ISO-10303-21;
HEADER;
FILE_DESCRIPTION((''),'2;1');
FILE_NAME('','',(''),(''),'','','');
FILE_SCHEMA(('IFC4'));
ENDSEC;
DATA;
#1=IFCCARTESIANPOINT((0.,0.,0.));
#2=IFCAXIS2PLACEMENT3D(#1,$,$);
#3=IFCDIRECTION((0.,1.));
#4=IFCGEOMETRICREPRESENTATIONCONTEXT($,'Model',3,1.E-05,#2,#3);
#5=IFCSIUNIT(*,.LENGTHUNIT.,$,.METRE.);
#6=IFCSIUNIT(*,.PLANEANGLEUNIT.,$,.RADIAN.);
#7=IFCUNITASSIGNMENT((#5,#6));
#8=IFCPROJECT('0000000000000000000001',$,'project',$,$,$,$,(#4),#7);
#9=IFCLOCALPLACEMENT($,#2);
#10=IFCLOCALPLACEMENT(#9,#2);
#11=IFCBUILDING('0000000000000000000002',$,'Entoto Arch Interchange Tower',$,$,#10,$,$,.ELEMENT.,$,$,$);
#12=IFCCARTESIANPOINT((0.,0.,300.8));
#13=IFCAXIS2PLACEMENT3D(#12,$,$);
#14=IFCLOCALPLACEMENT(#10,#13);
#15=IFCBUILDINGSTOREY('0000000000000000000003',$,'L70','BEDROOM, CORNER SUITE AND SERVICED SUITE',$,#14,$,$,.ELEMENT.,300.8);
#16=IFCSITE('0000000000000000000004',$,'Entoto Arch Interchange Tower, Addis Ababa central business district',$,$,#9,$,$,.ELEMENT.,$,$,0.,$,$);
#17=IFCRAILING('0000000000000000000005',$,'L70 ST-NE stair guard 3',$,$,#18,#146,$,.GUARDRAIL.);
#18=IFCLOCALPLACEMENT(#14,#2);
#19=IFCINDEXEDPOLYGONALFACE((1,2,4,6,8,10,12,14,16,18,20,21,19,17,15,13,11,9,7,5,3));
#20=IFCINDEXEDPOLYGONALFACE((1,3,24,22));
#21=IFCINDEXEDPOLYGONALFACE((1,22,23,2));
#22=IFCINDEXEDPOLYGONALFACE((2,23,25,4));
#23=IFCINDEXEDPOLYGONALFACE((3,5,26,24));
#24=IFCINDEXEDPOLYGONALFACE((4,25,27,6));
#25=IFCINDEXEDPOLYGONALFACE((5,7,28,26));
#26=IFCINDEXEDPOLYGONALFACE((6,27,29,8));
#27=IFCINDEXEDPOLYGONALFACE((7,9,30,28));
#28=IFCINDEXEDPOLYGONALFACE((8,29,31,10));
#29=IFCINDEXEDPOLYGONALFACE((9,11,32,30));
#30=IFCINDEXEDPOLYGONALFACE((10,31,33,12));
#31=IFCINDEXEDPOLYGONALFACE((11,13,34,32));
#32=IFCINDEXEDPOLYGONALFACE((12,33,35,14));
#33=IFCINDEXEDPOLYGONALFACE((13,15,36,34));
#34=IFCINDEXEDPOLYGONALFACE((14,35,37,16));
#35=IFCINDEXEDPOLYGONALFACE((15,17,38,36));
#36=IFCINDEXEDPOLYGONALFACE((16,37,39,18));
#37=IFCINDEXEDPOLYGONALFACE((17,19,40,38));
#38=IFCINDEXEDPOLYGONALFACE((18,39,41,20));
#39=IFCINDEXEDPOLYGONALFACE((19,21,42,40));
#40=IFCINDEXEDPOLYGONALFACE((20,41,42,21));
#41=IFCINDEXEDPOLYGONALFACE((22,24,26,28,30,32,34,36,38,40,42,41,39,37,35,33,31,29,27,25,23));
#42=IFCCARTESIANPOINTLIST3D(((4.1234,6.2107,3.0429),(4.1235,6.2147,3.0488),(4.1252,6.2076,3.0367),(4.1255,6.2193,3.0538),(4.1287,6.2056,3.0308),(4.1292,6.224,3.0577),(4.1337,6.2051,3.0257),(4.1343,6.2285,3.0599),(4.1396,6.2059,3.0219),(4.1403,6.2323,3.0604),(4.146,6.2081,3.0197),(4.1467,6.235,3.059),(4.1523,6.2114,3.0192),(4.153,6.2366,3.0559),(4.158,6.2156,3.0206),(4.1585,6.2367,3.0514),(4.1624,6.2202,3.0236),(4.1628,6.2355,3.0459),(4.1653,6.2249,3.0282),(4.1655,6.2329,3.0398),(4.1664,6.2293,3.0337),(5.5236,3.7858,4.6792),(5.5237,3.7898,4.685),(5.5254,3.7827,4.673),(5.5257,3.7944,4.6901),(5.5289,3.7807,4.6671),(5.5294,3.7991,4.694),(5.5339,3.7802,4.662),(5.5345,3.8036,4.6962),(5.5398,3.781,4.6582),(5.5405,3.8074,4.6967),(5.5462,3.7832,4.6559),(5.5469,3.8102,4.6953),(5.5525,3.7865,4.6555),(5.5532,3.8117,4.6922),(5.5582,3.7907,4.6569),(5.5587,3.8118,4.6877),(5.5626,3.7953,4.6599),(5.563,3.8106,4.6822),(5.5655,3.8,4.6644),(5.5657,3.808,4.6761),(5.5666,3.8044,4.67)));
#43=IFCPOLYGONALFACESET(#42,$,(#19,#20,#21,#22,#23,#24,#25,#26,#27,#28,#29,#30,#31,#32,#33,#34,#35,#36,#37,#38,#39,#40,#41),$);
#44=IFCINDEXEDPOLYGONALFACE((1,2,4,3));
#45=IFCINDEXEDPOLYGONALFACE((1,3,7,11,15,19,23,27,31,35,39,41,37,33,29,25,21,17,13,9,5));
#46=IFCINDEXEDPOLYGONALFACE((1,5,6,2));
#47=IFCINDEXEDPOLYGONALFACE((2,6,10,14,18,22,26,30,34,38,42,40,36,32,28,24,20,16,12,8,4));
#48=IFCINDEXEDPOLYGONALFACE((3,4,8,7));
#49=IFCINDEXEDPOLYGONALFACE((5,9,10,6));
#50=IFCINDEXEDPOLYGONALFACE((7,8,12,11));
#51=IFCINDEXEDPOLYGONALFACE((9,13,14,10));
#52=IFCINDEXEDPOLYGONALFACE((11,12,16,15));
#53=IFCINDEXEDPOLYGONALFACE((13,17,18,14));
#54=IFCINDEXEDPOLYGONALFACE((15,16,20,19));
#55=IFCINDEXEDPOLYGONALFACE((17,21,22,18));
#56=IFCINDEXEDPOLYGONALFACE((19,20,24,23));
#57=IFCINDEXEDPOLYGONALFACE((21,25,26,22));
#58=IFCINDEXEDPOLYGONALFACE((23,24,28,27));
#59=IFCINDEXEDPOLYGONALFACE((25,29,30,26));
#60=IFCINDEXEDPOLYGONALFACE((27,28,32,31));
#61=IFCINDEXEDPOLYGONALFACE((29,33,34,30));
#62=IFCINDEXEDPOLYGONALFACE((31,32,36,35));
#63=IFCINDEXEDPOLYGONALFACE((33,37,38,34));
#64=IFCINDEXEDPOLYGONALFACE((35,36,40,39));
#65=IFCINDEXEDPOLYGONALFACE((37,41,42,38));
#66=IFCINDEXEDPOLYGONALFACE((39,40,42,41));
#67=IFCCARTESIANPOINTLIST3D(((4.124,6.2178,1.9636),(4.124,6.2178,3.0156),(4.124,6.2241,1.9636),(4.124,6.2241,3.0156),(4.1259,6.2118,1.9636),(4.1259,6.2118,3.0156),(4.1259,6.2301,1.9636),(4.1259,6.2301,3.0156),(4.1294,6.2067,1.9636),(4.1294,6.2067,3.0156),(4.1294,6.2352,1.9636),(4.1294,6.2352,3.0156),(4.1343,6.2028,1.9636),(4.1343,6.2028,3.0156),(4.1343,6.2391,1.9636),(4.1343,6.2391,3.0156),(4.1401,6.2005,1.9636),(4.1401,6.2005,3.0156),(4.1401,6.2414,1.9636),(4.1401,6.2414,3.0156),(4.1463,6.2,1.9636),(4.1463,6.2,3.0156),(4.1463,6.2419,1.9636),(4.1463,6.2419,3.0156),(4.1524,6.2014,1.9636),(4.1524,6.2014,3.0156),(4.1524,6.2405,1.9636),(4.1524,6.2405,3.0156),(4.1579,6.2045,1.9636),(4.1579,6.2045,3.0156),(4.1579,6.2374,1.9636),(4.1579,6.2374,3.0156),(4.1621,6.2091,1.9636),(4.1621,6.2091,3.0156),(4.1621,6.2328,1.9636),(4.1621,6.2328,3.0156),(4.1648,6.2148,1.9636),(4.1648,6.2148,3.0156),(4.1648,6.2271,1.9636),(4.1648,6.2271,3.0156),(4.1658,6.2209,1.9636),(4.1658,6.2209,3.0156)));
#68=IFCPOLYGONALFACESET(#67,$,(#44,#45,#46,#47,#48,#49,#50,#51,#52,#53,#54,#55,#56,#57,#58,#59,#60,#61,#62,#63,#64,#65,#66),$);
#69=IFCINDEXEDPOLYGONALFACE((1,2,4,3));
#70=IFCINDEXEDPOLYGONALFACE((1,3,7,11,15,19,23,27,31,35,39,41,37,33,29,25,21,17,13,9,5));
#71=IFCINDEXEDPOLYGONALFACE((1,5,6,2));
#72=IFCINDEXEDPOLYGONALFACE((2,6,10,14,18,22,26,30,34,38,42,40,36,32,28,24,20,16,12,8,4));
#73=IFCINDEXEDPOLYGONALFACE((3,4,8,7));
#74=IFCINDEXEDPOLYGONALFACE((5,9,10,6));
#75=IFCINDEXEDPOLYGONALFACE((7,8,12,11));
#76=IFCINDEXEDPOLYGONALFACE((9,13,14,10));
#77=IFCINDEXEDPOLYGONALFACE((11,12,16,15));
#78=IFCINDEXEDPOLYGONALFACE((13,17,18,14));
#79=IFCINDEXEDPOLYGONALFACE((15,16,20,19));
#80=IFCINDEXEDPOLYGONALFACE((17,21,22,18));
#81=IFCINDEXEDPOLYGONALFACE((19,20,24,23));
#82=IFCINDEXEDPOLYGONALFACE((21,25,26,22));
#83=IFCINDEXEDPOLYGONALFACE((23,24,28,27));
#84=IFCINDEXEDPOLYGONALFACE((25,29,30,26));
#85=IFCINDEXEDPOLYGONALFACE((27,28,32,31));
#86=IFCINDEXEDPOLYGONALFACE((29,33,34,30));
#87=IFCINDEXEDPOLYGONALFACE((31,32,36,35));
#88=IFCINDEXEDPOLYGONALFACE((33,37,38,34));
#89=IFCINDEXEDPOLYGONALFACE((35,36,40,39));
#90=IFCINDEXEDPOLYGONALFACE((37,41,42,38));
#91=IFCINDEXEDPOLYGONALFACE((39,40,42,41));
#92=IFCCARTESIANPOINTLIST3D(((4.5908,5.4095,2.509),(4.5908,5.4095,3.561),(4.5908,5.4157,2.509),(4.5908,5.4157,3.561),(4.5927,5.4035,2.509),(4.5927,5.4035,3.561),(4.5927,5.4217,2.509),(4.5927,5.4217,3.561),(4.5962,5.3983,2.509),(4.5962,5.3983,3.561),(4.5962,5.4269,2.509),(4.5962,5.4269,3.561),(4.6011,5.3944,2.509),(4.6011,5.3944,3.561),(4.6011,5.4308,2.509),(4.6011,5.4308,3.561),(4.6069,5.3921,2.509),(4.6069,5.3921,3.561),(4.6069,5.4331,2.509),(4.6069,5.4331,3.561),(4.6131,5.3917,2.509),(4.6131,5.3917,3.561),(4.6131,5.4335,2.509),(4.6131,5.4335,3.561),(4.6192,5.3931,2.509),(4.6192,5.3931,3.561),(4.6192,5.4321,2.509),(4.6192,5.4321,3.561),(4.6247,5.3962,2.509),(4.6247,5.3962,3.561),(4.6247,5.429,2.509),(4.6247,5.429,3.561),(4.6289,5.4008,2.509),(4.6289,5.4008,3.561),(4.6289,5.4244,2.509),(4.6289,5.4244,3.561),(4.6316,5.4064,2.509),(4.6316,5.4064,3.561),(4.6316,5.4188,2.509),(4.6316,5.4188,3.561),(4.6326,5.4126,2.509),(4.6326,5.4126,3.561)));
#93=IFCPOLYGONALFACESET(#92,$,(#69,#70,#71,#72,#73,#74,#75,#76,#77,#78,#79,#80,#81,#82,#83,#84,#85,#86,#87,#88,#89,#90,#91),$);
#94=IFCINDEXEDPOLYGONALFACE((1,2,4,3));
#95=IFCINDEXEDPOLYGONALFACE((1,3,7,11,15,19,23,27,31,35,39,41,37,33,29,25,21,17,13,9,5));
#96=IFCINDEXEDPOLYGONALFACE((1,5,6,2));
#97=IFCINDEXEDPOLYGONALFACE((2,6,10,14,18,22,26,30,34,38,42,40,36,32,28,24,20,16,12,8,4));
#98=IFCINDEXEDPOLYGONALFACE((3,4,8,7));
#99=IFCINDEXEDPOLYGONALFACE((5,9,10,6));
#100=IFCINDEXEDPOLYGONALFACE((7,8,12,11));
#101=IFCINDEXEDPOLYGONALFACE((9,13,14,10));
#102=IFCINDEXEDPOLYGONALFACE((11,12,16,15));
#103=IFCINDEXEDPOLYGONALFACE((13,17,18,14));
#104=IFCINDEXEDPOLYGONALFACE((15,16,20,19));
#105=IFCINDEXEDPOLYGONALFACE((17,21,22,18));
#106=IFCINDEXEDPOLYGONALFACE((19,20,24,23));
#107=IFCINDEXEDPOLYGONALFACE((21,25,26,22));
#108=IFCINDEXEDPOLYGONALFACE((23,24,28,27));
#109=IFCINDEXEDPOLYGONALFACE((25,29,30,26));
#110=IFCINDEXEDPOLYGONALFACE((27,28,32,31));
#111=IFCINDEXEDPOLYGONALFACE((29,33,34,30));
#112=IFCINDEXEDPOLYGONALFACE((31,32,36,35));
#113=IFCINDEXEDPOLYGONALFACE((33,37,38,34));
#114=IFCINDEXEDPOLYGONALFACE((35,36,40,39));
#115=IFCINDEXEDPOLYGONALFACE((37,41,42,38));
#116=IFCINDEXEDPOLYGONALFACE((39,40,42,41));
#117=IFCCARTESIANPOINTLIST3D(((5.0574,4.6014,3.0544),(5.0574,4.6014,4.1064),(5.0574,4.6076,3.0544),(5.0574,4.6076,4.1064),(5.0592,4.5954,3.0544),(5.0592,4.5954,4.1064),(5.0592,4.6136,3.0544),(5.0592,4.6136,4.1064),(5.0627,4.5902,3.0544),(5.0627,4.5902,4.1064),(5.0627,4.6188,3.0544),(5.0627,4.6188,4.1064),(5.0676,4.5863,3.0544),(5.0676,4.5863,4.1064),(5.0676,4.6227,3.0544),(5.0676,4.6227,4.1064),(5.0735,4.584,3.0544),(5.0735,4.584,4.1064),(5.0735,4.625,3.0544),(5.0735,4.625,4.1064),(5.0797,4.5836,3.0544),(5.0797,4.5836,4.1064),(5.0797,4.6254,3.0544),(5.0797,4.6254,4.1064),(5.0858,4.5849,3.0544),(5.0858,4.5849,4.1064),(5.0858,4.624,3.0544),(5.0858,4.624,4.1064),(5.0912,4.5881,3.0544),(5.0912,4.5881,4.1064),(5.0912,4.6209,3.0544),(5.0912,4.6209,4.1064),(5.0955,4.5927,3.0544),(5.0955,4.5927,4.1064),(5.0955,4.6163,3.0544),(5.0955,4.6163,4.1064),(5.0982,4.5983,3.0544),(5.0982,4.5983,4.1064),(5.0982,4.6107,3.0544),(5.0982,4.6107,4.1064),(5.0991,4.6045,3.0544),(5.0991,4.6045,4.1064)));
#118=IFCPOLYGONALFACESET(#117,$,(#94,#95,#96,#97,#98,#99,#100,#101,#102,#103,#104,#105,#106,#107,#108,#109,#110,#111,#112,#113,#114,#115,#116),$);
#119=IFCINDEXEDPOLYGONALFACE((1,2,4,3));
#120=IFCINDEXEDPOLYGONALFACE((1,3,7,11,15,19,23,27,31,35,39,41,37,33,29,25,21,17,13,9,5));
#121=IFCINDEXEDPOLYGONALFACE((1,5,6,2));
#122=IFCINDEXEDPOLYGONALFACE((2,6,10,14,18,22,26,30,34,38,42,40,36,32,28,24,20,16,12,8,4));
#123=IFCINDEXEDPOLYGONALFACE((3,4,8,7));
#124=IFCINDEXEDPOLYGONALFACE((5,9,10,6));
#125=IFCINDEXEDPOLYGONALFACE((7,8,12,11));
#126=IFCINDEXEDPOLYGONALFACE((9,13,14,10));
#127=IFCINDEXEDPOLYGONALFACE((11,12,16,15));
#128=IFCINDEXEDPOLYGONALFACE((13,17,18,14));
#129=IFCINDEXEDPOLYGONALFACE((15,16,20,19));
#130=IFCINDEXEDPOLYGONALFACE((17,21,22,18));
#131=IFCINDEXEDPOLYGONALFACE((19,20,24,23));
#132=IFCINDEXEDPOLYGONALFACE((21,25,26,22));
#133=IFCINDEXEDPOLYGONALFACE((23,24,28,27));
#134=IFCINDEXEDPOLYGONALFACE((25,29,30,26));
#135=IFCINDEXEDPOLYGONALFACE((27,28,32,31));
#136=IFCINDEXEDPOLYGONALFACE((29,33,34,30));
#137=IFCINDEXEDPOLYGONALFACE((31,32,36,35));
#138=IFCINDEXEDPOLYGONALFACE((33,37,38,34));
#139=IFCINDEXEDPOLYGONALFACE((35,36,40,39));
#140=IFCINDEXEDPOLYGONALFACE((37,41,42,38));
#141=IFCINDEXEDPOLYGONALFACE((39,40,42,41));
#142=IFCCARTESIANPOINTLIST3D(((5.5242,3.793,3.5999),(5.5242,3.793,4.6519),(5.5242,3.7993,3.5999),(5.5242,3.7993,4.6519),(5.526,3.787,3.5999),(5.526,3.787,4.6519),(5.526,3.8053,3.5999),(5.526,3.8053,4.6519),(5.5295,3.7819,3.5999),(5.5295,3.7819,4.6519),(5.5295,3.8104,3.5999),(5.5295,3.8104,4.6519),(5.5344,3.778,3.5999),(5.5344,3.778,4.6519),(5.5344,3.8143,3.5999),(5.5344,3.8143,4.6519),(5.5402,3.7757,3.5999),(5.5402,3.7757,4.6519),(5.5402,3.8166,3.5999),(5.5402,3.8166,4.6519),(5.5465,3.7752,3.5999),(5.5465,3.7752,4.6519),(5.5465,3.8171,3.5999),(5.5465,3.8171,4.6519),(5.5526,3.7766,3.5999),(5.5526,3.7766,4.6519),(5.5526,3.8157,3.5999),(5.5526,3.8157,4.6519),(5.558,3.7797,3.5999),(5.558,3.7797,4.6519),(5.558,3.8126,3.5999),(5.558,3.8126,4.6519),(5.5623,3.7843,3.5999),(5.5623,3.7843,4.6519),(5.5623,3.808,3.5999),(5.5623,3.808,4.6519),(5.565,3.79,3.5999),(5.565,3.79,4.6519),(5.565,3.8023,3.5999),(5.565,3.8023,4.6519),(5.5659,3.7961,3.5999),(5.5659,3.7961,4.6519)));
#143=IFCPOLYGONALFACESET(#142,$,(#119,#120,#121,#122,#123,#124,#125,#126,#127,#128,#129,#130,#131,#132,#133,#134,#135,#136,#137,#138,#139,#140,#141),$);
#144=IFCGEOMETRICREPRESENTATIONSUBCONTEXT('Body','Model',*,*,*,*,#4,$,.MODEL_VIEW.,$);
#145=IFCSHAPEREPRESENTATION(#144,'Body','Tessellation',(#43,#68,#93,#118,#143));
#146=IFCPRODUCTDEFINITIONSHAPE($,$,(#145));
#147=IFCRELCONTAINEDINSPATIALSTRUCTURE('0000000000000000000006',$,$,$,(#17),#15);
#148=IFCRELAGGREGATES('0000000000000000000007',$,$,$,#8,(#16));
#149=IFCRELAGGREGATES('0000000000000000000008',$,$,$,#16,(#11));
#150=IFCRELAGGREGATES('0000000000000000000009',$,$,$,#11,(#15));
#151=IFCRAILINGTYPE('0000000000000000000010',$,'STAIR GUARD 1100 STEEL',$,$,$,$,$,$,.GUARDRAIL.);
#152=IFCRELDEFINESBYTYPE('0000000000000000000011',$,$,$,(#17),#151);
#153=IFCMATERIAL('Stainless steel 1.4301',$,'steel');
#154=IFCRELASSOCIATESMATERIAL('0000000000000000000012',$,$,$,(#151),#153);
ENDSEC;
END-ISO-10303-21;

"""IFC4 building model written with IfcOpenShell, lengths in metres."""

from ifc_helpers import new_model, si_unit, direction, frame, origin, origin_2d, place, context, subcontext, project, spatial, circle, extrude, material, type_object, element, save


model = new_model("IFC4")

# Units and contexts
model_context = context("Model", 3, precision=1e-05, world=origin(), true_north=direction((0.0, 1.0)))
body_context = subcontext(model_context, "Body", "Model", "MODEL_VIEW")
ifc_project = project(units=[si_unit("LENGTHUNIT", "METRE"), si_unit("PLANEANGLEUNIT", "RADIAN")], contexts=[model_context])

# Site, building, storey
site_placement = place(None, origin())
site = spatial("IfcSite", under=ifc_project, at=site_placement, Name="Entoto Arch Interchange Tower, Addis Ababa central business district", CompositionType="ELEMENT", RefElevation=0.0)
building_placement = place(site_placement, origin())
building = spatial("IfcBuilding", under=site, at=building_placement, Name="Entoto Arch Interchange Tower", CompositionType="ELEMENT")
storey_placement = place(building_placement, frame((0.0, 0.0, 300.8)))
storey = spatial("IfcBuildingStorey", under=building, at=storey_placement, Name="L70", Description="BEDROOM, CORNER SUITE AND SERVICED SUITE", CompositionType="ELEMENT", Elevation=300.8)

# Railing
ifc_material_1 = material(Name="Stainless steel 1.4301", Category="steel")
railing_type_1 = type_object("IfcRailingType", Name="STAIR GUARD 1100 STEEL", PredefinedType="GUARDRAIL", material=ifc_material_1)
railing_1_placement = place(storey_placement, frame((4.1448, 6.2209, 1.9636)))
element("IfcRailing", 1, at=railing_1_placement, inside=storey, type_object=railing_type_1, Name="L70 ST-NE stair guard 3", PredefinedType="GUARDRAIL", context=body_context, shape_type="SweptSolid", body=[
    extrude(circle(Radius=0.0239, at=origin_2d()), frame((0.0, 0.0, 1.0762), z_axis=(0.431738, -0.747694, 0.504535), x_axis=(0.865997, 0.50005, 0.0)), (0.0, 0.0, 1.0), 3.2432),
    extrude(circle(Radius=0.021, at=origin_2d()), origin(), (0.0, 0.0, 1.0), 1.052),
    extrude(circle(Radius=0.021, at=origin_2d()), frame((0.4668, -0.8083, 0.5454)), (0.0, 0.0, 1.0), 1.052),
    extrude(circle(Radius=0.021, at=origin_2d()), frame((0.9333, -1.6165, 1.0908)), (0.0, 0.0, 1.0), 1.052),
    extrude(circle(Radius=0.021, at=origin_2d()), frame((1.4001, -2.4248, 1.6362)), (0.0, 0.0, 1.0), 1.052),
])

save(model, "model.ifc")
